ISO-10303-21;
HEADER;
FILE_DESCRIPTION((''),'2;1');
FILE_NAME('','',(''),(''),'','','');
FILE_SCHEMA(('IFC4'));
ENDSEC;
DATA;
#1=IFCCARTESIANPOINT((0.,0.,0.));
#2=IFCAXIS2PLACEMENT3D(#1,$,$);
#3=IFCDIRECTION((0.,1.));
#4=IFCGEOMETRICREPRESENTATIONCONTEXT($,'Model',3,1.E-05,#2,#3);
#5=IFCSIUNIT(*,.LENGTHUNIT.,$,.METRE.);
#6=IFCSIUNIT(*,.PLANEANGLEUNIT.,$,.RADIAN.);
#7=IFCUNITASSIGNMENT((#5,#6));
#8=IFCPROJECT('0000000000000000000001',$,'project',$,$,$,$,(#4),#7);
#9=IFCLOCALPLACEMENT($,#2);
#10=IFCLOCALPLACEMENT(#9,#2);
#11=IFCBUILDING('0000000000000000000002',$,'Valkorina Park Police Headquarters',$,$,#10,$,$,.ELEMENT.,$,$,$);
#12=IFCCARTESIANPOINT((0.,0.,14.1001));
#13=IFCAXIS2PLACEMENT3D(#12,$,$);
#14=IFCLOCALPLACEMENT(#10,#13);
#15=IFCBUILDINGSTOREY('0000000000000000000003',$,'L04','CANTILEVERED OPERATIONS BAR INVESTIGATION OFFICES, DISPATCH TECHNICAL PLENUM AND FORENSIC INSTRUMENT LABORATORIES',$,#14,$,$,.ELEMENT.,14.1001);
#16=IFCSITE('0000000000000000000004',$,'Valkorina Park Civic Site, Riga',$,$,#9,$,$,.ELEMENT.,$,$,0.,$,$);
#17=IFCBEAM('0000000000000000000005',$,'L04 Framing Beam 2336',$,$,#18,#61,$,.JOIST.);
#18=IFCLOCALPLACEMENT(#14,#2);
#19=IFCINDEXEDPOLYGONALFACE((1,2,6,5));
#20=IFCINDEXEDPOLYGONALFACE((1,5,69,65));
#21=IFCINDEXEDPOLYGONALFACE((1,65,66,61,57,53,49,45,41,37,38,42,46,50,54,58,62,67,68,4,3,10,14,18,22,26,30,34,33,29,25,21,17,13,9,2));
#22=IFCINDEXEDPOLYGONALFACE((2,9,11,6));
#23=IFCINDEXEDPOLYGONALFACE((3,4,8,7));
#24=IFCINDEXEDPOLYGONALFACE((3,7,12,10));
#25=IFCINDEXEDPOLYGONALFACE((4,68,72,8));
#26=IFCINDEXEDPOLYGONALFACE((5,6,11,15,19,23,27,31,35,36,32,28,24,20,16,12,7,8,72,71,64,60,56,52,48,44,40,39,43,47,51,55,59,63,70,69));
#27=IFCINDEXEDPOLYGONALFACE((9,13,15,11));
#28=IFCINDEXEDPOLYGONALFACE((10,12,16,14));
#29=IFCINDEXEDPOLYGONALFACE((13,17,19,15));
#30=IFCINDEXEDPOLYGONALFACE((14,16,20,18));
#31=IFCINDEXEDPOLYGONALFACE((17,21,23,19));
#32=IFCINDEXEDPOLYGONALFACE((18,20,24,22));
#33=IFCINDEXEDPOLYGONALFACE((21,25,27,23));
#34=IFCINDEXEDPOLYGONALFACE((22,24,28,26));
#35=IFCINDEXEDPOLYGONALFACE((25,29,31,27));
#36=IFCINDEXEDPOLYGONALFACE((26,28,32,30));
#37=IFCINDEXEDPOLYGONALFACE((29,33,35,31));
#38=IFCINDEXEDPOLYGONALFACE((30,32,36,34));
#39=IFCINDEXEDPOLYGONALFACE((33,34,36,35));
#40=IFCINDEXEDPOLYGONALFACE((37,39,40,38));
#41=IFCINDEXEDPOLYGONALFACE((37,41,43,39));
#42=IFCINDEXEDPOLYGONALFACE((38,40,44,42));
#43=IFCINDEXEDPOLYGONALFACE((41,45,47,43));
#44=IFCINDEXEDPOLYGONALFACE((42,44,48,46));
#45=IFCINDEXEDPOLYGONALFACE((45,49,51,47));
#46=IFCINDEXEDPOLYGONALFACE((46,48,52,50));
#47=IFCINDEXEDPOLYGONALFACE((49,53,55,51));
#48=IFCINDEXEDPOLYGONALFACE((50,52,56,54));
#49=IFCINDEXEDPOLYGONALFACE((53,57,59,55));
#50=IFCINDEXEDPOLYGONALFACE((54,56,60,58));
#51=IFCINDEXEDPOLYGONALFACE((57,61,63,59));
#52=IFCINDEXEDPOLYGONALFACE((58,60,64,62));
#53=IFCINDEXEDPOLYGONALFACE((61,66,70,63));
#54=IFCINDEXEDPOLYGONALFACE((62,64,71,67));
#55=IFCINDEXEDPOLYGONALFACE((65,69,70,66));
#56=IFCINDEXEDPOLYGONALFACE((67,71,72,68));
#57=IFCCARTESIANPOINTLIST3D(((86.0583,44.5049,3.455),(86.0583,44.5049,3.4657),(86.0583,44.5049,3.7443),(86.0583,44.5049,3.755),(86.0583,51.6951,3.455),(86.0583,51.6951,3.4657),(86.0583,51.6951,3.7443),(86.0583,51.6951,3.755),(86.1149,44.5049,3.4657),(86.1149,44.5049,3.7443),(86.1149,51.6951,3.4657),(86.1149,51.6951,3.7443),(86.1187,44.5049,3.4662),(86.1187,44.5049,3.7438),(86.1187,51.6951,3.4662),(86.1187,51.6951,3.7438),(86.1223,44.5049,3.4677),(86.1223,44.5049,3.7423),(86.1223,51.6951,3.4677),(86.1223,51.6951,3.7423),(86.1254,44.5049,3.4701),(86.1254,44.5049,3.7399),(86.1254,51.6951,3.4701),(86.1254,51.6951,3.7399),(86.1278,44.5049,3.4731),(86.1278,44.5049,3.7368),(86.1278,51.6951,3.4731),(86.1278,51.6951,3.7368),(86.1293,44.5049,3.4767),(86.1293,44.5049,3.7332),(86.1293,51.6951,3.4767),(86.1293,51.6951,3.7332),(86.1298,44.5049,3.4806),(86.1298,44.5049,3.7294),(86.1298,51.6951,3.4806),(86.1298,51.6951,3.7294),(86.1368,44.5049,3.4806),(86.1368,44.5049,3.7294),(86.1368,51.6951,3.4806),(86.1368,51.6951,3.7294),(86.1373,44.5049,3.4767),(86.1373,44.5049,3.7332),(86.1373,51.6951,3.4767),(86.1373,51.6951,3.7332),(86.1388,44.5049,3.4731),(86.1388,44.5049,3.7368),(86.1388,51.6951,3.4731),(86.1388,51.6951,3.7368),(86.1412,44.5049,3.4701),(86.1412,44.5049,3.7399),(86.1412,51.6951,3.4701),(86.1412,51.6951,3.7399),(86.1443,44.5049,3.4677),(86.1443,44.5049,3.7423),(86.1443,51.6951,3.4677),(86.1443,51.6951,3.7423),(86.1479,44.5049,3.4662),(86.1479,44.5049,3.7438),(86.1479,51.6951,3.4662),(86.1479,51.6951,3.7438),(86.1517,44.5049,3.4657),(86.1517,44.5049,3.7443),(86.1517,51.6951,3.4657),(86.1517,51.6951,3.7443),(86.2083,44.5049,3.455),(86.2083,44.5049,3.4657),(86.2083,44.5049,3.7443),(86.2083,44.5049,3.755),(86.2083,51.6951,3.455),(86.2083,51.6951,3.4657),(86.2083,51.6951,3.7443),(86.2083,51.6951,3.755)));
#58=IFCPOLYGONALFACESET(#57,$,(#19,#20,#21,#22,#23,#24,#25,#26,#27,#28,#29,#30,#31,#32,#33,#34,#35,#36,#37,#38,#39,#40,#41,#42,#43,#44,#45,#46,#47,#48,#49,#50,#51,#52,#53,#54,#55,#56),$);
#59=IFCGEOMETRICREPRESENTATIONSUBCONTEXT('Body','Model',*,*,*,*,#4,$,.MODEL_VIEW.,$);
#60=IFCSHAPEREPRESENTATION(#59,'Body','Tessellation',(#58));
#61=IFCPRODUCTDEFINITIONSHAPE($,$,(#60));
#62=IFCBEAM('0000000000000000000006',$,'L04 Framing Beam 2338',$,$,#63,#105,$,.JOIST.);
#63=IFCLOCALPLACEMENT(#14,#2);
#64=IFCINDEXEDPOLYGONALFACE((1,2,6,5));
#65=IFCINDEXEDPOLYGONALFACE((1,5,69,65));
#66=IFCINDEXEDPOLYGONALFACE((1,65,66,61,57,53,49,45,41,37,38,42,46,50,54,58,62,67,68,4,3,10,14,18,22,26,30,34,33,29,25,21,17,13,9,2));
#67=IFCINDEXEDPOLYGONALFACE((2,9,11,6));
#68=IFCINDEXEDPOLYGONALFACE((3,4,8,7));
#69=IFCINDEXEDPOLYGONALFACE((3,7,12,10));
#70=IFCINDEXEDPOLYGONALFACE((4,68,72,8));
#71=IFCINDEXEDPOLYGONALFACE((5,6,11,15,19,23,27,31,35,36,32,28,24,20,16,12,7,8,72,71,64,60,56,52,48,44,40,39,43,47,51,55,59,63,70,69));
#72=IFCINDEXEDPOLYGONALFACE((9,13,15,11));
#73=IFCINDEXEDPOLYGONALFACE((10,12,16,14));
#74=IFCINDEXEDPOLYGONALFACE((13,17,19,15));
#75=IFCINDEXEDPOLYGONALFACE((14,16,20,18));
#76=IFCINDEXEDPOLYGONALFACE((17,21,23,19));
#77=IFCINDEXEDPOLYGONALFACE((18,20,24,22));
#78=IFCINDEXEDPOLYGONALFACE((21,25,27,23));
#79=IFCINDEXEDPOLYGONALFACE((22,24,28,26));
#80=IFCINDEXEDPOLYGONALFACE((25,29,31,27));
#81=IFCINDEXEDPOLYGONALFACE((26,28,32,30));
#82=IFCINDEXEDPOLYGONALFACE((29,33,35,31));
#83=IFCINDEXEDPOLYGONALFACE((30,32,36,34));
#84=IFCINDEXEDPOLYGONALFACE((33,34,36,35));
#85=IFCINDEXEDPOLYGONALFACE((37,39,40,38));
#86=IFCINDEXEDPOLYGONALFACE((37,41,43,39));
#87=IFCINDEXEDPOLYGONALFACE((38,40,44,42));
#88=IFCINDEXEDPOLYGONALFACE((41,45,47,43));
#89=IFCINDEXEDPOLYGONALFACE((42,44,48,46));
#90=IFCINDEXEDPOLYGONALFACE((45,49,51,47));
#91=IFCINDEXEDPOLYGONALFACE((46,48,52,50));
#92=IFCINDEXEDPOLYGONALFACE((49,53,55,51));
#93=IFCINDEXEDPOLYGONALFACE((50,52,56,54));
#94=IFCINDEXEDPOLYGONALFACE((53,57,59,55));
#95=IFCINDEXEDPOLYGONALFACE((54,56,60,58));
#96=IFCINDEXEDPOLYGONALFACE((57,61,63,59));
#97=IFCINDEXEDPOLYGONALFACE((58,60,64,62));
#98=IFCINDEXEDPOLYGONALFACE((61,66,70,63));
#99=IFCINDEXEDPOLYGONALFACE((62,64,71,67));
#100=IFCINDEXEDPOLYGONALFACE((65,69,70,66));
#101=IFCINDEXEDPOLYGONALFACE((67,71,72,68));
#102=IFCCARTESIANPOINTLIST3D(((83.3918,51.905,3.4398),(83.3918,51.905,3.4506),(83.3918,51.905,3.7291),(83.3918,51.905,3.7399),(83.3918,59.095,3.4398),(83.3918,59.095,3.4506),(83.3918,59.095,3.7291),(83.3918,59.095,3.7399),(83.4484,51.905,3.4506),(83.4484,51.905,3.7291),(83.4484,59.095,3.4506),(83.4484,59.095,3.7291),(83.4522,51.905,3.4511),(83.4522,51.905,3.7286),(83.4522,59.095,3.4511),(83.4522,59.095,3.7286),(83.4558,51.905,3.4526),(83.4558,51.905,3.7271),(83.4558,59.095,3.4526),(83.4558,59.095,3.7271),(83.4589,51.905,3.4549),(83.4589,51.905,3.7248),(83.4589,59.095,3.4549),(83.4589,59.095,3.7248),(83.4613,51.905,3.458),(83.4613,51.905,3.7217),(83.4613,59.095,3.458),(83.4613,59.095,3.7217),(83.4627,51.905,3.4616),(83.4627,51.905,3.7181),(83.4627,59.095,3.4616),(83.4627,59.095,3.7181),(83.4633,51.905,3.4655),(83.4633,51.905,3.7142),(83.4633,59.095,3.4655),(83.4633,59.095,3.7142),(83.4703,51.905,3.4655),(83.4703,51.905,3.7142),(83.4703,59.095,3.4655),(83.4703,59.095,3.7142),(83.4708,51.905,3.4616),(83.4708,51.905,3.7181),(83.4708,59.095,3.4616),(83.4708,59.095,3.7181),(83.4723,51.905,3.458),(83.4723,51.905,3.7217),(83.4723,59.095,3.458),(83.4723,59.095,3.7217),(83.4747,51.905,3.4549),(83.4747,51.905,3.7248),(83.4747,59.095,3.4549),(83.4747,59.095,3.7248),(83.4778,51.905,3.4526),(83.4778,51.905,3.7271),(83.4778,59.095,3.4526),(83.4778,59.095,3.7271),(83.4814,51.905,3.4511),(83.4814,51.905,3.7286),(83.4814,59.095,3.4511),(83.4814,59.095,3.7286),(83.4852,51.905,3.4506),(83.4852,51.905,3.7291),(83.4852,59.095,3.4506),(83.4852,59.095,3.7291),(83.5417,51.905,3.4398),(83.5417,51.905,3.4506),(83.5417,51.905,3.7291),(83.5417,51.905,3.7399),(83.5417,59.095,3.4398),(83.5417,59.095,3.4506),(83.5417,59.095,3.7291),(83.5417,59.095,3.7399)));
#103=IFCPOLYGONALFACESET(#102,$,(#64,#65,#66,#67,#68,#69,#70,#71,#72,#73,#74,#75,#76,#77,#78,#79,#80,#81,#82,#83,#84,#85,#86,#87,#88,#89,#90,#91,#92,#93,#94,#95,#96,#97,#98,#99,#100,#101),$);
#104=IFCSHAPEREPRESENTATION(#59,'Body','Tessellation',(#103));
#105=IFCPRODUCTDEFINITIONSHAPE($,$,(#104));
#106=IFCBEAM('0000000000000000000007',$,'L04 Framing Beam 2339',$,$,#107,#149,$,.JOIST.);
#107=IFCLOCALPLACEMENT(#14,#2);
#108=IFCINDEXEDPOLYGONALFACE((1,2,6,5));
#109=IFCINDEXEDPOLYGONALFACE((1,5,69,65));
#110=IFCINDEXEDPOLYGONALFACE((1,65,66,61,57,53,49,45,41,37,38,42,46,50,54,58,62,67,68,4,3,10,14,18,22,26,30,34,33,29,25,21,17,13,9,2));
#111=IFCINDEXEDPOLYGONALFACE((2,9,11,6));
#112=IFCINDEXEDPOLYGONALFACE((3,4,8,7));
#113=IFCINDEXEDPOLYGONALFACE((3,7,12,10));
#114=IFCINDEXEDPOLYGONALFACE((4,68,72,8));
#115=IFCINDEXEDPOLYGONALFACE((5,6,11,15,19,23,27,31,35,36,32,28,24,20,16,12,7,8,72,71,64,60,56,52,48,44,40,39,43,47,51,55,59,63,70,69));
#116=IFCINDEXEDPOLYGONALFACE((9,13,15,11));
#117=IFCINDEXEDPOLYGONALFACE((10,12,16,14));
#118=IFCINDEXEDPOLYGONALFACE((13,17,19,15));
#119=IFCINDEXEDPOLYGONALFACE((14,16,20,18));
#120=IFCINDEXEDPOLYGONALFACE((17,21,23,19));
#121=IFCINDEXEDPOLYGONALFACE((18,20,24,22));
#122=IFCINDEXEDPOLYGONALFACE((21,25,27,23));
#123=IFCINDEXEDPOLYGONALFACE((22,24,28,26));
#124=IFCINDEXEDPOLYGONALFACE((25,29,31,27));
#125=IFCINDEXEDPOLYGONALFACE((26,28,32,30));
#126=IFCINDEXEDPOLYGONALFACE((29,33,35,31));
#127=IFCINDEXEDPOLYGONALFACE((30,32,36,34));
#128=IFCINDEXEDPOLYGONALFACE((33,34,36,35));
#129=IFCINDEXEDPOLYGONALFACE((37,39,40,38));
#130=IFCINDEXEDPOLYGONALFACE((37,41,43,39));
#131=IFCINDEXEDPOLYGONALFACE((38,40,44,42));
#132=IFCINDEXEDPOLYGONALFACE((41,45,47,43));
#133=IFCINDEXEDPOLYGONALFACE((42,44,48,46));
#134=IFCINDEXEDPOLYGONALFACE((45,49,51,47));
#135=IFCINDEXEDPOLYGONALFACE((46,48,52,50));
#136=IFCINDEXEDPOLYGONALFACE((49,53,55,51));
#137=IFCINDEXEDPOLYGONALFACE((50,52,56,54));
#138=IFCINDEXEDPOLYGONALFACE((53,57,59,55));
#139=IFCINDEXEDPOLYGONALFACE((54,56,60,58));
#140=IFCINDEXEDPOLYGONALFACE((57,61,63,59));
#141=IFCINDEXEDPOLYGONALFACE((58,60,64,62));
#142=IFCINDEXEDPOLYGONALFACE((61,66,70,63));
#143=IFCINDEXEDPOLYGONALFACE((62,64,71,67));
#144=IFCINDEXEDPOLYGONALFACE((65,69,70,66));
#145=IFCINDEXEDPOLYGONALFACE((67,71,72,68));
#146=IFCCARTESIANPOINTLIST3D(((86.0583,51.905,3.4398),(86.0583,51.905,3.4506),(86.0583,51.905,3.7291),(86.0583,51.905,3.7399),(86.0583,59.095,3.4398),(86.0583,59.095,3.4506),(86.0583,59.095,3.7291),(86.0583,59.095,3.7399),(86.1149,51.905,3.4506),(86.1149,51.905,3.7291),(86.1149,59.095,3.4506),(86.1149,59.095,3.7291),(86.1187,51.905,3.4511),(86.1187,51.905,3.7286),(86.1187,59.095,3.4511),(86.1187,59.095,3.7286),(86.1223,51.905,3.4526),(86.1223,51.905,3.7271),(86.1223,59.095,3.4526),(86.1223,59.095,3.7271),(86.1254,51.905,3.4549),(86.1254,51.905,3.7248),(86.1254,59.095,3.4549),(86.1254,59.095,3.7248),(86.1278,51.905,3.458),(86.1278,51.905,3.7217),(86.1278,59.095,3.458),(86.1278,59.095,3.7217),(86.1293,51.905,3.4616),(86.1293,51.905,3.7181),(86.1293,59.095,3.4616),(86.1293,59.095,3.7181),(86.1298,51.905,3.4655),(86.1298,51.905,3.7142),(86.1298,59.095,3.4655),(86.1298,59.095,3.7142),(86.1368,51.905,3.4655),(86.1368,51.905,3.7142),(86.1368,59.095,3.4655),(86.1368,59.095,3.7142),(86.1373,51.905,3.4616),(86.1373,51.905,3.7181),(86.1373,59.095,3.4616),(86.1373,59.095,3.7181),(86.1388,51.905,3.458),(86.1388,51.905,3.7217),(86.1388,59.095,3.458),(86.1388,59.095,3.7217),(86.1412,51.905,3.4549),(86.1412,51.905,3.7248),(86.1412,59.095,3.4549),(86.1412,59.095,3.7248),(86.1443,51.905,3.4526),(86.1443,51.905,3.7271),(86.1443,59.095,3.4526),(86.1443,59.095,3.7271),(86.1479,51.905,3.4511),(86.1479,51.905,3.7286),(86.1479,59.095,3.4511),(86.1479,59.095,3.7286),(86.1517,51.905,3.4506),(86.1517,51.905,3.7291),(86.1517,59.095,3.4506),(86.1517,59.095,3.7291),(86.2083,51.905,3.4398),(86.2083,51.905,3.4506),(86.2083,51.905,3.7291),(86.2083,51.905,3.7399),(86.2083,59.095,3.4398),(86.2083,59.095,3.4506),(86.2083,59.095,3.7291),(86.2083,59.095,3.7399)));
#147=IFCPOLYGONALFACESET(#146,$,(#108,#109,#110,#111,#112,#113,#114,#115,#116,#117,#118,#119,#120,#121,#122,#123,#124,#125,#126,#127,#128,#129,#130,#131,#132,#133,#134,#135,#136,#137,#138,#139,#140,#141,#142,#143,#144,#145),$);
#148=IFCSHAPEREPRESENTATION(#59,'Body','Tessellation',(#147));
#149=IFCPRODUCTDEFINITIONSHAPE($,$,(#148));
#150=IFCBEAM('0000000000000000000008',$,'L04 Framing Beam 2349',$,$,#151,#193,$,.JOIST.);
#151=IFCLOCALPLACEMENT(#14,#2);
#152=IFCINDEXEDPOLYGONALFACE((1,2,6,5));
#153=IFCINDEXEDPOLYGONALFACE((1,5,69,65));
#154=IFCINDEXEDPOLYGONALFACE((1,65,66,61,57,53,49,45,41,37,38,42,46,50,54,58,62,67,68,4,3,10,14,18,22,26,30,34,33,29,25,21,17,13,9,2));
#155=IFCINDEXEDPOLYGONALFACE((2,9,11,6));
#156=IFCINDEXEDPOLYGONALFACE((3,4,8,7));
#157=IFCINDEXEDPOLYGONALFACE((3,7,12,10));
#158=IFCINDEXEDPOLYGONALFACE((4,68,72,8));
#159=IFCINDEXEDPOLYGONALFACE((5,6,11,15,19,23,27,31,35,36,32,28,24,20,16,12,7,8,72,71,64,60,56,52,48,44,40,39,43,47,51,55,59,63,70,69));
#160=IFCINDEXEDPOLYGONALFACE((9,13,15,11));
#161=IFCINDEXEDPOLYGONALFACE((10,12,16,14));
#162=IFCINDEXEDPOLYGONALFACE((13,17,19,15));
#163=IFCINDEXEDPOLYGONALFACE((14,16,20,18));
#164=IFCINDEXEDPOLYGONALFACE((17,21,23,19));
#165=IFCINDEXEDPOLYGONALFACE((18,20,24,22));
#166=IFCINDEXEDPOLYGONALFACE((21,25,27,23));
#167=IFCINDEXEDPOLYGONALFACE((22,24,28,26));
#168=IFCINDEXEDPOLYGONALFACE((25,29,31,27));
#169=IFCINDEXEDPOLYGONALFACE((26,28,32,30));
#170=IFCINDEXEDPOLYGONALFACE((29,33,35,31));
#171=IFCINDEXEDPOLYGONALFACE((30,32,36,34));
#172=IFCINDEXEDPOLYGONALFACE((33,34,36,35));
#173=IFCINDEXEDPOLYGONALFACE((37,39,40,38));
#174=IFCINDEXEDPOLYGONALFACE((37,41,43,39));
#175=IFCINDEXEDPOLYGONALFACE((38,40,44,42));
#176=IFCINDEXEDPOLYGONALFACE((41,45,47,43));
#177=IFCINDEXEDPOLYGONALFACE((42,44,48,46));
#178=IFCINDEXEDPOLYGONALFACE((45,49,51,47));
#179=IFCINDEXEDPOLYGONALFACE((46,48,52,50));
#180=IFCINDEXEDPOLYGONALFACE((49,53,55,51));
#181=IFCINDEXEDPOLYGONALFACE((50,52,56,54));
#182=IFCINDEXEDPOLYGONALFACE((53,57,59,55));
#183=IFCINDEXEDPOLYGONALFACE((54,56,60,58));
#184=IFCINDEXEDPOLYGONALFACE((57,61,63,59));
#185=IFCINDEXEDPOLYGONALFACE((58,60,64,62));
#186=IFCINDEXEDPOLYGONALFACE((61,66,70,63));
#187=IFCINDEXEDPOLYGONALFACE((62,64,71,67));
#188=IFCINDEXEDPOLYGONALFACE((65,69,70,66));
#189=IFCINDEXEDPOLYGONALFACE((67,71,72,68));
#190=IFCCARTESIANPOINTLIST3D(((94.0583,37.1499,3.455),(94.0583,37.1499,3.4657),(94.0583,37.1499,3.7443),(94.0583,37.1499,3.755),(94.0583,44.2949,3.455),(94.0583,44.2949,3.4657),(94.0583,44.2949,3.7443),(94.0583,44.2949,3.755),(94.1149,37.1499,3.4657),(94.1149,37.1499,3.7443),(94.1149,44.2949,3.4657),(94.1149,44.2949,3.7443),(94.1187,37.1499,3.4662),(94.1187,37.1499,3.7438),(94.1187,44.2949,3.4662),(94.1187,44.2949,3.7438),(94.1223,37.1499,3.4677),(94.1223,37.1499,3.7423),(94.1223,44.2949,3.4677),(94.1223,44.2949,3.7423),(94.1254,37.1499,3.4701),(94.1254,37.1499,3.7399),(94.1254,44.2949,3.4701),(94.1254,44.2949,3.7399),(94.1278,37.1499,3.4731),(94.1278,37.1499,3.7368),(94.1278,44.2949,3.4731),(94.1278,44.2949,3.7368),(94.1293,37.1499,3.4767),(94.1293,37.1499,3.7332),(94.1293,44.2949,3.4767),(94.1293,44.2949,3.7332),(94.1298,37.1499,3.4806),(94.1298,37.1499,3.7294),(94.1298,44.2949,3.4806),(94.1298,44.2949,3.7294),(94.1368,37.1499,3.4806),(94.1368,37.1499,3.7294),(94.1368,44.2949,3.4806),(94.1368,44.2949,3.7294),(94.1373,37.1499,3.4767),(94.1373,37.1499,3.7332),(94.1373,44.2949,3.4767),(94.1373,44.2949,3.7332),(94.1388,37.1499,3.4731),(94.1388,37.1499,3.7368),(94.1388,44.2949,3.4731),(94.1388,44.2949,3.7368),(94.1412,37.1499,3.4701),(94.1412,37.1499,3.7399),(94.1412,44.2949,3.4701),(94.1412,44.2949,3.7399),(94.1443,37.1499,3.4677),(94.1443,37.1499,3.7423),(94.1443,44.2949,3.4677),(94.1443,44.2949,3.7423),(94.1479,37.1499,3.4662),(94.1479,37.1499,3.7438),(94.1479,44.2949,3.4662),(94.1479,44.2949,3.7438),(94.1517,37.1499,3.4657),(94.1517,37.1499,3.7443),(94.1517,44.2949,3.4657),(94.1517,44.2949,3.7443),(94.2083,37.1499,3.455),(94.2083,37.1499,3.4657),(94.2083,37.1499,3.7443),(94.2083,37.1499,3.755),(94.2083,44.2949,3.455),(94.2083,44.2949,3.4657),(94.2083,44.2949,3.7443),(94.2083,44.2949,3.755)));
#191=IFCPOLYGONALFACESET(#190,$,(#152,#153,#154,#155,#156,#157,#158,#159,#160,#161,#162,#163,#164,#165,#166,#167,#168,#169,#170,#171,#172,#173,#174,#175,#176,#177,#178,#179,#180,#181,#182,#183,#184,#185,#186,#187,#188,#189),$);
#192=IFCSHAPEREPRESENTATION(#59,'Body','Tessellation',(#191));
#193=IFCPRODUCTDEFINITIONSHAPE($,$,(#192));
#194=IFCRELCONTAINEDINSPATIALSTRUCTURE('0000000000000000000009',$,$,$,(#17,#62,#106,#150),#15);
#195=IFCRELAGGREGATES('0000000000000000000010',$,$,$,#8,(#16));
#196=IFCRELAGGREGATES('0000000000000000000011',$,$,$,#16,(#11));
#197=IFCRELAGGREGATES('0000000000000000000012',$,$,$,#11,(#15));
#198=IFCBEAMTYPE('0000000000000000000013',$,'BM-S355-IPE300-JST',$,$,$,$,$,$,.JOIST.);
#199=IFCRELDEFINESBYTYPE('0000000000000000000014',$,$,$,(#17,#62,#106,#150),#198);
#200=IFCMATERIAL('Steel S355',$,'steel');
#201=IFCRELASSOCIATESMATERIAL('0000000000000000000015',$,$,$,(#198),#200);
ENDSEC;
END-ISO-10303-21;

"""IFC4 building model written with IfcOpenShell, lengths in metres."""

from ifc_helpers import new_model, si_unit, direction, frame, origin, origin_2d, place, context, subcontext, project, spatial, i_section, extrude, material, material_profile, profile_set, type_object, element, save


model = new_model("IFC4")

# Units and contexts
model_context = context("Model", 3, precision=1e-05, world=origin(), true_north=direction((0.0, 1.0)))
body_context = subcontext(model_context, "Body", "Model", "MODEL_VIEW")
ifc_project = project(units=[si_unit("LENGTHUNIT", "METRE"), si_unit("PLANEANGLEUNIT", "RADIAN")], contexts=[model_context])

# Site, building, storey
site_placement = place(None, origin())
site = spatial("IfcSite", under=ifc_project, at=site_placement, Name="Valkorina Park Civic Site, Riga", CompositionType="ELEMENT", RefElevation=0.0)
building_placement = place(site_placement, origin())
building = spatial("IfcBuilding", under=site, at=building_placement, Name="Valkorina Park Police Headquarters", CompositionType="ELEMENT")
storey_placement = place(building_placement, frame((0.0, 0.0, 14.1001)))
storey = spatial("IfcBuildingStorey", under=building, at=storey_placement, Name="L04", Description="CANTILEVERED OPERATIONS BAR INVESTIGATION OFFICES, DISPATCH TECHNICAL PLENUM AND FORENSIC INSTRUMENT LABORATORIES", CompositionType="ELEMENT", Elevation=14.1001)

# Shared definitions
ifc_material_1 = material(Name="Steel S355", Category="steel")

# Beams
ifc_material_profile_1 = material_profile(ifc_material_1, i_section(OverallWidth=0.1499, OverallDepth=0.3, WebThickness=0.0071, FlangeThickness=0.0107, FilletRadius=0.0149, at=origin_2d()), Name="IPE 300")
ifc_profile_set_1 = profile_set([ifc_material_profile_1], Name="Steel S355")
beam_type_1 = type_object("IfcBeamType", Name="BM-S355-IPE300-JST", PredefinedType="JOIST", material=ifc_profile_set_1)
for number, where, z_axis, x_axis, name in (
    (1, (86.1333, 44.5049, 3.605), (0.0, 1.0, 0.0), (-1.0, 0.0, 0.0), "L04 Framing Beam 2336"),
):
    element("IfcBeam", number, at=place(storey_placement, frame(where, z_axis=z_axis, x_axis=x_axis)), inside=storey, type_object=beam_type_1, Name=name, PredefinedType="JOIST", context=body_context, shape_type="SweptSolid", body=[
        extrude(i_section(OverallWidth=0.1499, OverallDepth=0.3, WebThickness=0.0071, FlangeThickness=0.0107, FilletRadius=0.0149, at=origin_2d()), origin(), (0.0, 0.0, 1.0), 7.1902),
    ])
for number, where, z_axis, x_axis, name in (
    (2, (83.4668, 51.905, 3.5898), (0.0, 1.0, 0.0), (-1.0, 0.0, 0.0), "L04 Framing Beam 2338"),
    (3, (86.1333, 51.905, 3.5898), (0.0, 1.0, 0.0), (-1.0, 0.0, 0.0), "L04 Framing Beam 2339"),
):
    element("IfcBeam", number, at=place(storey_placement, frame(where, z_axis=z_axis, x_axis=x_axis)), inside=storey, type_object=beam_type_1, Name=name, PredefinedType="JOIST", context=body_context, shape_type="SweptSolid", body=[
        extrude(i_section(OverallWidth=0.1499, OverallDepth=0.3, WebThickness=0.0071, FlangeThickness=0.0107, FilletRadius=0.0149, at=origin_2d()), origin(), (0.0, 0.0, 1.0), 7.1899),
    ])
beam_1_placement = place(storey_placement, frame((94.1333, 37.1499, 3.605), z_axis=(0.0, 1.0, 0.0), x_axis=(-1.0, 0.0, 0.0)))
element("IfcBeam", 4, at=beam_1_placement, inside=storey, type_object=beam_type_1, Name="L04 Framing Beam 2349", PredefinedType="JOIST", context=body_context, shape_type="SweptSolid", body=[
    extrude(i_section(OverallWidth=0.1499, OverallDepth=0.3, WebThickness=0.0071, FlangeThickness=0.0107, FilletRadius=0.0149, at=origin_2d()), origin(), (0.0, 0.0, 1.0), 7.145),
])

save(model, "model.ifc")
